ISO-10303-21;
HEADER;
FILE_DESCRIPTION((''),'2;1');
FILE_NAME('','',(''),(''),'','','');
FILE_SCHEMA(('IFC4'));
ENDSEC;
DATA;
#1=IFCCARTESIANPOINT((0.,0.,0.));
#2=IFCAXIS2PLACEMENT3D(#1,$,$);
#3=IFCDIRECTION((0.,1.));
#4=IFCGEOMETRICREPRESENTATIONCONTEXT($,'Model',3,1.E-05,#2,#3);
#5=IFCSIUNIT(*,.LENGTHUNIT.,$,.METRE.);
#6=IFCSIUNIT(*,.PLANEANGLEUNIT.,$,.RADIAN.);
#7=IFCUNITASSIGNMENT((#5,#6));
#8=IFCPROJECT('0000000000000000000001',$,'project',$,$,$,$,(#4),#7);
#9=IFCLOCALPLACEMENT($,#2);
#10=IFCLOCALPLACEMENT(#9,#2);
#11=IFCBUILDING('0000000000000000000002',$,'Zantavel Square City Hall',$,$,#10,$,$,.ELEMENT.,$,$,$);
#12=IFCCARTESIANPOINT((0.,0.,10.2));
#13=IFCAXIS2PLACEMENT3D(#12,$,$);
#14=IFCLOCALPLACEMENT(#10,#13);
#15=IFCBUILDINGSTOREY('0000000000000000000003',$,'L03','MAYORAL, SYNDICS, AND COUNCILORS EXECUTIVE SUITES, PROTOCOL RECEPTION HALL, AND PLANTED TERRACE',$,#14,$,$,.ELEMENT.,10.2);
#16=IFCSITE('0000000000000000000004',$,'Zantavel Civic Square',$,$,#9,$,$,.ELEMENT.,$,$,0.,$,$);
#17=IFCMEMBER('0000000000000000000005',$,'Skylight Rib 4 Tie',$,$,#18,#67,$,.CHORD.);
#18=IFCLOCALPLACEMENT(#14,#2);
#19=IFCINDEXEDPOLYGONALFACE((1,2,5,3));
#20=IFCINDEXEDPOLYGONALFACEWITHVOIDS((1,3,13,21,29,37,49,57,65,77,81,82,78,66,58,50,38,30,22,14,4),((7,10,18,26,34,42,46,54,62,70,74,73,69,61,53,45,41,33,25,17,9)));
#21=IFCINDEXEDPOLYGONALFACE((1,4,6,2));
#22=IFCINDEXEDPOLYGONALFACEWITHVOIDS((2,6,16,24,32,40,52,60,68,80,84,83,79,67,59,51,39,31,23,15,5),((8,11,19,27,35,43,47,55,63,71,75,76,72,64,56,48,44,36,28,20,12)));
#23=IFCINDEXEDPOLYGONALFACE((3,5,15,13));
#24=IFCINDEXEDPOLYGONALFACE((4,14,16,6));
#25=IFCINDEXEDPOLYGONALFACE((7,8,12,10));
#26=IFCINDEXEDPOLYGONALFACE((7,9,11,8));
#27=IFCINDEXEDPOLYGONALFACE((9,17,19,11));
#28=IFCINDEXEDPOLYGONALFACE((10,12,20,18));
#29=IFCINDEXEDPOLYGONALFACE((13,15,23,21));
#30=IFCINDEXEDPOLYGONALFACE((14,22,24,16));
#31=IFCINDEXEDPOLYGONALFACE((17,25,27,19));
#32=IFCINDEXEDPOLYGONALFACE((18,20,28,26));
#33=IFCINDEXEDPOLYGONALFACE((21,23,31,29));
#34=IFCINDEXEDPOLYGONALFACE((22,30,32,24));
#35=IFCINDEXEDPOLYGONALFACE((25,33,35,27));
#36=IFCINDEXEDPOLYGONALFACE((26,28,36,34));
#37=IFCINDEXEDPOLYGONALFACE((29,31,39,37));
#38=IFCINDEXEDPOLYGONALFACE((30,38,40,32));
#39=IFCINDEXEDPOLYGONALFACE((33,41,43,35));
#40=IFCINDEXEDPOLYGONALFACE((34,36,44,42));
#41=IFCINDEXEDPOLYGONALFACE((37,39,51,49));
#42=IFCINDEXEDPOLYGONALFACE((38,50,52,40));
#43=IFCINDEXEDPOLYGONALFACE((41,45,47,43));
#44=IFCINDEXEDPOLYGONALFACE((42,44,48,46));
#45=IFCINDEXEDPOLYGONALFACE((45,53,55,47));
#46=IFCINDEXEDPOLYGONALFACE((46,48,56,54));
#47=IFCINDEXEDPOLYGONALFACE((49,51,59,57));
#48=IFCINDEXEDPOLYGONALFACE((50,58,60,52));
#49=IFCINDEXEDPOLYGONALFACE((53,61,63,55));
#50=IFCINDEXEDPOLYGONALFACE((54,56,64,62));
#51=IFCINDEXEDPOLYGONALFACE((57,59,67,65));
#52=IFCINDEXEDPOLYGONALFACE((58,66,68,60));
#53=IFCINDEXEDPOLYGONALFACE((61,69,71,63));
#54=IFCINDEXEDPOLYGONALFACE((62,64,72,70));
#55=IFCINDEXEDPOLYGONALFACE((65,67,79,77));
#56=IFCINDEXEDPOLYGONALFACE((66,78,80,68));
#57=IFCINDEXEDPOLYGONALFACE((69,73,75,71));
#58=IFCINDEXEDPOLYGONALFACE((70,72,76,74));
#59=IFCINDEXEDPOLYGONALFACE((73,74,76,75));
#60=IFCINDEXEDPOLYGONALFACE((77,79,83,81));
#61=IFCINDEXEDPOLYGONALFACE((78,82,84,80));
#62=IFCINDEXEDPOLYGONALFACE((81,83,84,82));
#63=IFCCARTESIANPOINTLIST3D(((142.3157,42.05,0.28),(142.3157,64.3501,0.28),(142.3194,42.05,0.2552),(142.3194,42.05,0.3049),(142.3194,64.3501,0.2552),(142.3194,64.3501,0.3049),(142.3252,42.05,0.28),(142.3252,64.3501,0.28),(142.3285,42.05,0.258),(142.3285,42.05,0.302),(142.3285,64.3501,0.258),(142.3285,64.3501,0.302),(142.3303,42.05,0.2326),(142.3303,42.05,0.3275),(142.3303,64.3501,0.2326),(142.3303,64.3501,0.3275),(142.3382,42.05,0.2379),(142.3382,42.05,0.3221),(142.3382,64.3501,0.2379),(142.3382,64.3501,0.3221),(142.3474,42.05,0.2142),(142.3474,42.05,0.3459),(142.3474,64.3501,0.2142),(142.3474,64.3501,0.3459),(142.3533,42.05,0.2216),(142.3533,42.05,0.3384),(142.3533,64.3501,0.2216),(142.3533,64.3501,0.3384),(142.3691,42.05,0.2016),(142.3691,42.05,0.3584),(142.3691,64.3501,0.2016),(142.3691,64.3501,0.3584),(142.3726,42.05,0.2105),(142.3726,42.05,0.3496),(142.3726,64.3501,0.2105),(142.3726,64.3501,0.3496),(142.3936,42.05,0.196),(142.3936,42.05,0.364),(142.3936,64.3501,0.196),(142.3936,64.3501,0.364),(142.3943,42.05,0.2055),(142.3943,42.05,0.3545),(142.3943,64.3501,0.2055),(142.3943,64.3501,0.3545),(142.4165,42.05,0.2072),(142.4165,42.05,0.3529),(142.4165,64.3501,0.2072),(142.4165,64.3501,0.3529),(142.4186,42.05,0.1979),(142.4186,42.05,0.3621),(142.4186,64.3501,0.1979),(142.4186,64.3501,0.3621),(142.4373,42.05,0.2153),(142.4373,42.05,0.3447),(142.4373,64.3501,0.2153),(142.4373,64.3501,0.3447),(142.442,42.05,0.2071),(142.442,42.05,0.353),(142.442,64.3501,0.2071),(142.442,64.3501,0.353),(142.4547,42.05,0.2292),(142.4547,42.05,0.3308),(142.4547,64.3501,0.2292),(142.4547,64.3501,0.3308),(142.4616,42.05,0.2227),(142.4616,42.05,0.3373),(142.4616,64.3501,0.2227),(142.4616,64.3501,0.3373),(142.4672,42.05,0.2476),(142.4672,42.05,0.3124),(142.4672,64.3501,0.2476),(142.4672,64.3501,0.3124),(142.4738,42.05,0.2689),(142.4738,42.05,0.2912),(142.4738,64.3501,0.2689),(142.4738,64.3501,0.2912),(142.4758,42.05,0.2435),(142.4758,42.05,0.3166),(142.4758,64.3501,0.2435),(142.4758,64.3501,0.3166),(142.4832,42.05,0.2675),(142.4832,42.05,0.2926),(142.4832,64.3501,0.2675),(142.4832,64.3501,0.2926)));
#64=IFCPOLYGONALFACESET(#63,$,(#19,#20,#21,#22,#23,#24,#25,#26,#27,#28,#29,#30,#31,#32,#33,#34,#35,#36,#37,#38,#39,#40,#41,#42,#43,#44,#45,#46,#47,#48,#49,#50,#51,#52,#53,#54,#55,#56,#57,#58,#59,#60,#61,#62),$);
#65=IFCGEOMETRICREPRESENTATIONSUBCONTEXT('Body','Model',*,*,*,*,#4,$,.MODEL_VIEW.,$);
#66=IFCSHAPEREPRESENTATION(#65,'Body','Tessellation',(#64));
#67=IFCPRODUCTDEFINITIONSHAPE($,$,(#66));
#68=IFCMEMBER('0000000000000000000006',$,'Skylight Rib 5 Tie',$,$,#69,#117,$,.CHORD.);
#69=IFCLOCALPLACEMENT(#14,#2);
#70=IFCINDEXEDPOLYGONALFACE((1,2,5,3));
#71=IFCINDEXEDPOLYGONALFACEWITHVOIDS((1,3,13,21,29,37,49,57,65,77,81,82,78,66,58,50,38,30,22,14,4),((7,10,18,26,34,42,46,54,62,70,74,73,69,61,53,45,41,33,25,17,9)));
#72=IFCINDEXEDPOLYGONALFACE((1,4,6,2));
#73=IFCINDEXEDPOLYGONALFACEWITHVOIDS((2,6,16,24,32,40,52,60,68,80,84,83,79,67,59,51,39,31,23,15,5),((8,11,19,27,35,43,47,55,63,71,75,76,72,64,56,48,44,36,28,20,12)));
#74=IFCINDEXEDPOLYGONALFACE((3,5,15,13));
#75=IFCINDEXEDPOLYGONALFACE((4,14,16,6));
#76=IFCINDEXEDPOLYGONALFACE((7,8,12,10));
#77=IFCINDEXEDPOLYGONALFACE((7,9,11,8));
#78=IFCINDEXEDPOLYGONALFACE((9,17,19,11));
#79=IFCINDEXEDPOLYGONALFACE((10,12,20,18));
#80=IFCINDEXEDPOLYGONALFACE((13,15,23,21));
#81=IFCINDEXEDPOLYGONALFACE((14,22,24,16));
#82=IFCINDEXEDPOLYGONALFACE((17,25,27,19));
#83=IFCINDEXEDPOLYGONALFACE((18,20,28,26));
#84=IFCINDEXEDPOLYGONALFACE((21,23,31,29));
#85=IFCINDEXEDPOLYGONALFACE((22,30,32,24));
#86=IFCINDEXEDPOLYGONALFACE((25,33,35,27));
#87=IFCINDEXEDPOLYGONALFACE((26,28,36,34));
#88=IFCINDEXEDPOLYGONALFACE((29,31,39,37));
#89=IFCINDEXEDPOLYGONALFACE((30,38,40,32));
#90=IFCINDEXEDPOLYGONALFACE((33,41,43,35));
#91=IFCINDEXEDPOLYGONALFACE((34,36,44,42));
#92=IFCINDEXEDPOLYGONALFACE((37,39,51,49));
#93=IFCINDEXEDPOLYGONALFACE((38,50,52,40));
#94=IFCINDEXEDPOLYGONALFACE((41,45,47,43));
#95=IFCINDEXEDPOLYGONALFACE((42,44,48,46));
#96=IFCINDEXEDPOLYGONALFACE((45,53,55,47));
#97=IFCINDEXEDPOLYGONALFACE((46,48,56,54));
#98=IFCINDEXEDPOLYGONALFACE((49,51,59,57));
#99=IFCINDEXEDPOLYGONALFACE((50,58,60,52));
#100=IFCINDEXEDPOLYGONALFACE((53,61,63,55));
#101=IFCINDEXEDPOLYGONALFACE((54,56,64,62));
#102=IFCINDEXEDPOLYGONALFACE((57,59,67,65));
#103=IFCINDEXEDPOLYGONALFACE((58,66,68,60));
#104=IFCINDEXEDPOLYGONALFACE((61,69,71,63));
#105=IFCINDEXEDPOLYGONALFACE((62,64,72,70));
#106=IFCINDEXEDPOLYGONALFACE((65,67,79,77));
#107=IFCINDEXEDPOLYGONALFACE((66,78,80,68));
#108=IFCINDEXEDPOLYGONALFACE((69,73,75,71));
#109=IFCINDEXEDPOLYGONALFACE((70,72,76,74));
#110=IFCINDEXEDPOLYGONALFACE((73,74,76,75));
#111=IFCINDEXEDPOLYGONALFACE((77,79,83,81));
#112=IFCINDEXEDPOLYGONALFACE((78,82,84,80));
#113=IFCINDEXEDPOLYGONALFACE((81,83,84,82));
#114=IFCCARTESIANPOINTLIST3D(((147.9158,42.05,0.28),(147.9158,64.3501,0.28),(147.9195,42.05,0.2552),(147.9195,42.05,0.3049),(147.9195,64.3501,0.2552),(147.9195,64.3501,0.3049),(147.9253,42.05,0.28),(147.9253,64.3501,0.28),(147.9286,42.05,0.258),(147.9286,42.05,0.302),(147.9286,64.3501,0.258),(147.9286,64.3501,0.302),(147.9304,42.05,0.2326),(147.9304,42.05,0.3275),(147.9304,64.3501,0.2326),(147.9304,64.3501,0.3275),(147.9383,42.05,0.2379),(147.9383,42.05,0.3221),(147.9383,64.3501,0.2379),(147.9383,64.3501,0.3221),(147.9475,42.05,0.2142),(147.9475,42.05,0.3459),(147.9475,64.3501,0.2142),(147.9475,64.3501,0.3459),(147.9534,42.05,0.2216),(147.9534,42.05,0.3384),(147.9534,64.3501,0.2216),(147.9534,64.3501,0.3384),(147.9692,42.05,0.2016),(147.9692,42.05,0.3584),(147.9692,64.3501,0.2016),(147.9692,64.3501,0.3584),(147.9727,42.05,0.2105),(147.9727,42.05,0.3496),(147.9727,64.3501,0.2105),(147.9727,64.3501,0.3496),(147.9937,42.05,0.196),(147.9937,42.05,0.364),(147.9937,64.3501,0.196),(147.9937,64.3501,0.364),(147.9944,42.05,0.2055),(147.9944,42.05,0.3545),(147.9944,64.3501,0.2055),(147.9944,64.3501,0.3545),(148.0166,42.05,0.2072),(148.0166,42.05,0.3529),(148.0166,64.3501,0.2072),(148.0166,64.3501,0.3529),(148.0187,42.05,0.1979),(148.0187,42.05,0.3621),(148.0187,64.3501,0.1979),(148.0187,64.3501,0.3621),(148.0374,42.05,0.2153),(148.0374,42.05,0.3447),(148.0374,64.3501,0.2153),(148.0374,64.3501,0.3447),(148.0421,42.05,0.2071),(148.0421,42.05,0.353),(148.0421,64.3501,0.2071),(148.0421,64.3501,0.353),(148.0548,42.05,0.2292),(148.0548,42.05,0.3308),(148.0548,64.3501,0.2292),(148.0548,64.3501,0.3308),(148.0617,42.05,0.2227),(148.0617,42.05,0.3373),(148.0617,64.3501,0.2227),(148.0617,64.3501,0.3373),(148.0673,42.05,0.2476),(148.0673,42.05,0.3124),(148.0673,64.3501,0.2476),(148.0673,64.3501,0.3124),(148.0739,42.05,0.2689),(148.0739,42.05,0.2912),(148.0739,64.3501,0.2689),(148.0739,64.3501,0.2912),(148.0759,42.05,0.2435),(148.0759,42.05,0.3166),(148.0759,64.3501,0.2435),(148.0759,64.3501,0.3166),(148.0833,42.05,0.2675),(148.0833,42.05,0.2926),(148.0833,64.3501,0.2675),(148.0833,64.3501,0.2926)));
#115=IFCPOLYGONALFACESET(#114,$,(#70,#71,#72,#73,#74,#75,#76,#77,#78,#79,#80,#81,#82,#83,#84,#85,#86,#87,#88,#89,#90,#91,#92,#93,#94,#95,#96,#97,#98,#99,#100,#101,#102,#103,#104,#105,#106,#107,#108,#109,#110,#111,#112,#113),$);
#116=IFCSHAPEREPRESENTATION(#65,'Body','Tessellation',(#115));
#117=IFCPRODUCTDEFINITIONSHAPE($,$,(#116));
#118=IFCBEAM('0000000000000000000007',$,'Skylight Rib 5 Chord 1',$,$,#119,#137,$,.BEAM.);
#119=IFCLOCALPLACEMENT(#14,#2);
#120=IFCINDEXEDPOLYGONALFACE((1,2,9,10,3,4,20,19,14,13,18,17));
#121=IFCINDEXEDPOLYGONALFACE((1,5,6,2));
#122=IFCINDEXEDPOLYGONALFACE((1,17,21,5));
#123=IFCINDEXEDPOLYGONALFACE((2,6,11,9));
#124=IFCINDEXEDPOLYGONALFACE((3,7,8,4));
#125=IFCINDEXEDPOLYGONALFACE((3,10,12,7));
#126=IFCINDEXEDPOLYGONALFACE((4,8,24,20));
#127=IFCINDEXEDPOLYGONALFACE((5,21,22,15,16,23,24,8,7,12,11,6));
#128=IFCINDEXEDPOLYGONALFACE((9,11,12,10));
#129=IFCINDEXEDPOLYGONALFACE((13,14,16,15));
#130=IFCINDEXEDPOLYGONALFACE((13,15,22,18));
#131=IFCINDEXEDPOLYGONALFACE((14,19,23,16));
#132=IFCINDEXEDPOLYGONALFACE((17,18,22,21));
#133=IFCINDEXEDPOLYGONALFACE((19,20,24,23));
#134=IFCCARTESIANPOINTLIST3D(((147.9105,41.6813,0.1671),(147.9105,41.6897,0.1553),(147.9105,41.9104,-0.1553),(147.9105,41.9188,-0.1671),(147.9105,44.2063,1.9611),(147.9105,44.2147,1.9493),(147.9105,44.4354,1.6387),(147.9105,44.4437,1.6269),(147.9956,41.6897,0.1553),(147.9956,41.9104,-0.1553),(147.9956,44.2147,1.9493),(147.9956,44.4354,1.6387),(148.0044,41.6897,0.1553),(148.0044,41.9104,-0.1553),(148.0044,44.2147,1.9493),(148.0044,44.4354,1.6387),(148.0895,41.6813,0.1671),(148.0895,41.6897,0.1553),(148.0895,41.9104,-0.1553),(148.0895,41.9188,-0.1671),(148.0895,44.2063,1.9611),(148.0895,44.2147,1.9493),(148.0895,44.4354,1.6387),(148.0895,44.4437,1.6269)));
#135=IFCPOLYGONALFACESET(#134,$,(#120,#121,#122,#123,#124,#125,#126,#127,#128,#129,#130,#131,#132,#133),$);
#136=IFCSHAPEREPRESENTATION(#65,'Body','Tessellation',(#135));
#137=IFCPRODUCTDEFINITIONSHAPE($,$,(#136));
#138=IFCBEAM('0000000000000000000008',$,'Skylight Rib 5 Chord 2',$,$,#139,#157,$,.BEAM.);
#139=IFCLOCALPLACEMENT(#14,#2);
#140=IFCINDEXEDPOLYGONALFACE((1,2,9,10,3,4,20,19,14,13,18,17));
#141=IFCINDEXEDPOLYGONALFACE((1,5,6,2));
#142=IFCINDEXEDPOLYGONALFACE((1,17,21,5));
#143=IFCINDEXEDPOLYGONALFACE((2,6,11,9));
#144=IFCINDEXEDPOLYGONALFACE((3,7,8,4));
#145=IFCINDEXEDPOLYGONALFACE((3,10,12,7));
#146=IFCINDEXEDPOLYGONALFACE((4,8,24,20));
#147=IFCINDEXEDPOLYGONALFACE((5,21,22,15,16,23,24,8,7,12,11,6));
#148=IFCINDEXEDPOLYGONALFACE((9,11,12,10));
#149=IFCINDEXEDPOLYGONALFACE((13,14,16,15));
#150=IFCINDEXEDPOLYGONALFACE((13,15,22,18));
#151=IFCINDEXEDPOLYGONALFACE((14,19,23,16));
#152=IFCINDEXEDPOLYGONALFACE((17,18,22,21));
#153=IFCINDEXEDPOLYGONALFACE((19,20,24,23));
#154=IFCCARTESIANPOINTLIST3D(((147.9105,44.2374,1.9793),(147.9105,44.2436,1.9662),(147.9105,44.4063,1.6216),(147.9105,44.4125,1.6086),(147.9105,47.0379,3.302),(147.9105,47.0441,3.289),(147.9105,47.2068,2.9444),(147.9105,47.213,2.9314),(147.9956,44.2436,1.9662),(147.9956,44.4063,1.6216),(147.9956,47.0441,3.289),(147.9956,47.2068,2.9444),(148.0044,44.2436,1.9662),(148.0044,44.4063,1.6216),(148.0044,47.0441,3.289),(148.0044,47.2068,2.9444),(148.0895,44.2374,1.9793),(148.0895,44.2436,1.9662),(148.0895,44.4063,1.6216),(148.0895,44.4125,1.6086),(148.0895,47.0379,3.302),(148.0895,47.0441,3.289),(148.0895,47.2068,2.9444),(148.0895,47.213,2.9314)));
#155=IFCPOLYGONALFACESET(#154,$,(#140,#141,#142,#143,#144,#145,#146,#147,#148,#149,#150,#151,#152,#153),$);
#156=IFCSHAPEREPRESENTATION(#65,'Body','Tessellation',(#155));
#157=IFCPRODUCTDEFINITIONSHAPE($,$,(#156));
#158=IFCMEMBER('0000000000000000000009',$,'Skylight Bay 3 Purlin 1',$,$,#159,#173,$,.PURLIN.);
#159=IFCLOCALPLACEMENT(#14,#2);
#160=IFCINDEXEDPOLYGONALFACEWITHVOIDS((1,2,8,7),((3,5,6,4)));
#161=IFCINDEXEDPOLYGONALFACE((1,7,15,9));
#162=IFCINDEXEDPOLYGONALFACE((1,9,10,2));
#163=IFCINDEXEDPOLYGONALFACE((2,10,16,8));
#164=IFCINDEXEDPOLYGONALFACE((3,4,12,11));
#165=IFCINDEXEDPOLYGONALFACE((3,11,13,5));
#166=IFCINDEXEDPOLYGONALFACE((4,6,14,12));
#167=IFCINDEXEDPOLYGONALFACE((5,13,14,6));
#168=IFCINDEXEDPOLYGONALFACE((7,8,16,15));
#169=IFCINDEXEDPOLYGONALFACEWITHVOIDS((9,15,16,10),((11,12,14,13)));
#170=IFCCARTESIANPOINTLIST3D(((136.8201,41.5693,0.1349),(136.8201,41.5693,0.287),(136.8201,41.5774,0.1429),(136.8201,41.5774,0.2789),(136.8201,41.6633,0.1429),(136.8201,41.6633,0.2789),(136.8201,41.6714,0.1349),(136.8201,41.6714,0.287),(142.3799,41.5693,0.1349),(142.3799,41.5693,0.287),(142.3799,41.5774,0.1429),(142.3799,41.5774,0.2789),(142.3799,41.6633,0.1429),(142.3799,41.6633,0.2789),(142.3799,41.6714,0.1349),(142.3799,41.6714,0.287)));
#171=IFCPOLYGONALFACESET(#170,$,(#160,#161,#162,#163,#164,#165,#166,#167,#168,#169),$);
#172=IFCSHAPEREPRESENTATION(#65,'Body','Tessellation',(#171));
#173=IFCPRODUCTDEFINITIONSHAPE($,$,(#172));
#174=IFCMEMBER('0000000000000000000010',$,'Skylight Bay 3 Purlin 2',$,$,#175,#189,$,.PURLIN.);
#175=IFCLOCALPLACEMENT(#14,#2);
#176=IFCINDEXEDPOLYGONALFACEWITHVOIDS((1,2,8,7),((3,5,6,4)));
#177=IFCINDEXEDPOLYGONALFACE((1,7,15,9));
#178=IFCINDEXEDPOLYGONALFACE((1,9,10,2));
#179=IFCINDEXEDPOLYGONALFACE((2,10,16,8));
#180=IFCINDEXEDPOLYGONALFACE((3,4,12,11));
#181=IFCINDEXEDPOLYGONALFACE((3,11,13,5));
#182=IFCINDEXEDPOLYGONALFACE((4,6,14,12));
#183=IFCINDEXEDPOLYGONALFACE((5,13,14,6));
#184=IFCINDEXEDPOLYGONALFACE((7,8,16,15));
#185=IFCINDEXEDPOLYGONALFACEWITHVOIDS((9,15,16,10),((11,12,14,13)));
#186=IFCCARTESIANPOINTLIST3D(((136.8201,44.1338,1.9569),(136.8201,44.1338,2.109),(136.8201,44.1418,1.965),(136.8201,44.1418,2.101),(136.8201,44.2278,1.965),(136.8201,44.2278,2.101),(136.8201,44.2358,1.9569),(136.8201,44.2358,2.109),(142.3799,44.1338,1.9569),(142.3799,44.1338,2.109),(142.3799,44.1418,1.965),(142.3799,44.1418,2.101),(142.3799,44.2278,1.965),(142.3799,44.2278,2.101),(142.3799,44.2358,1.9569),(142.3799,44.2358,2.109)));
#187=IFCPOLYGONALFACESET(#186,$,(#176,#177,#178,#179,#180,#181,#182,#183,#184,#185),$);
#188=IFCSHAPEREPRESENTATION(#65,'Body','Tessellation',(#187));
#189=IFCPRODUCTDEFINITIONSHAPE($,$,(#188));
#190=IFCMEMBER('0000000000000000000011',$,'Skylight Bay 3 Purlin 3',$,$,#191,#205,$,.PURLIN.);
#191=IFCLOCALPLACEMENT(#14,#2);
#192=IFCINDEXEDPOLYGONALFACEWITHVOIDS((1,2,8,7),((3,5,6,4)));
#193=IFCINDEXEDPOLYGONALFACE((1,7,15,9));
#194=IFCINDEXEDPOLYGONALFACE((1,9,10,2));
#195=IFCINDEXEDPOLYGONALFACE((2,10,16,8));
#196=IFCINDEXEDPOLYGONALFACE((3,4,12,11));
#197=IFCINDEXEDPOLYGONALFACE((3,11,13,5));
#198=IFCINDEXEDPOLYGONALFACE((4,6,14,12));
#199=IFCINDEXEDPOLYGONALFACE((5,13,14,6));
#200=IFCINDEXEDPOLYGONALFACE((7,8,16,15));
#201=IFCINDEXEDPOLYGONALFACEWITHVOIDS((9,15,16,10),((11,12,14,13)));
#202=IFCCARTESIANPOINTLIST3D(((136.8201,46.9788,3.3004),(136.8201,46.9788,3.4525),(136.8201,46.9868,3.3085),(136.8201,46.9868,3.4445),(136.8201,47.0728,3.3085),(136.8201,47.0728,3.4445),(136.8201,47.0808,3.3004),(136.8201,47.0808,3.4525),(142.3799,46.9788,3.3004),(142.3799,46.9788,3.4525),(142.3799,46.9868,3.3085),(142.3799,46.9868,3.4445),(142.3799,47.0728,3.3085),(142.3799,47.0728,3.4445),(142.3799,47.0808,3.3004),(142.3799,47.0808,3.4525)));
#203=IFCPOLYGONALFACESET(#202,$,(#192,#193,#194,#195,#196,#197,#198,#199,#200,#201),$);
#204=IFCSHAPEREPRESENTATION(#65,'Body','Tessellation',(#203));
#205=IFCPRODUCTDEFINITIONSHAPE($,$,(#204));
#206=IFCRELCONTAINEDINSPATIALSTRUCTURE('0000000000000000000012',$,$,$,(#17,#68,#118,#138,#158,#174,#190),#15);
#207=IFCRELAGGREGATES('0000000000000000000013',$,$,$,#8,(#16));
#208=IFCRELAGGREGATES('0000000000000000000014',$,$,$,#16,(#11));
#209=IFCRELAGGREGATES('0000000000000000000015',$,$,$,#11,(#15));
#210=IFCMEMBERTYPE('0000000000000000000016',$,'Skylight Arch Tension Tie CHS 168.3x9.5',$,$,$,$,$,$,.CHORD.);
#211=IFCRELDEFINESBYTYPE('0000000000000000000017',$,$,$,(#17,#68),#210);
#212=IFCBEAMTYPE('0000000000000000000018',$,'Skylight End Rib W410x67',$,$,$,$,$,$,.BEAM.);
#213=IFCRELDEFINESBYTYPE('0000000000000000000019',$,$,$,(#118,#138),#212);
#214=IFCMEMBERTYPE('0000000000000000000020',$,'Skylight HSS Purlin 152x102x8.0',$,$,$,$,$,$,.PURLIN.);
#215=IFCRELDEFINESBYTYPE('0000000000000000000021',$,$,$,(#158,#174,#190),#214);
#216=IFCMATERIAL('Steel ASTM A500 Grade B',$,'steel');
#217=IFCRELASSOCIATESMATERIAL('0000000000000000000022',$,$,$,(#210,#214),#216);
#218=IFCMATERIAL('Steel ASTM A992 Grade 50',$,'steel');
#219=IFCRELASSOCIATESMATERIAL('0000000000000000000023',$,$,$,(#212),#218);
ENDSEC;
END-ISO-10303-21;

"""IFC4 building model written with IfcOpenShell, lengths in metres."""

from ifc_helpers import new_model, si_unit, direction, frame, origin, origin_2d, place, context, subcontext, project, spatial, hollow_rectangle, hollow_circle, i_section, extrude, material, material_profile, profile_set, type_object, element, save


model = new_model("IFC4")

# Units and contexts
model_context = context("Model", 3, precision=1e-05, world=origin(), true_north=direction((0.0, 1.0)))
body_context = subcontext(model_context, "Body", "Model", "MODEL_VIEW")
ifc_project = project(units=[si_unit("LENGTHUNIT", "METRE"), si_unit("PLANEANGLEUNIT", "RADIAN")], contexts=[model_context])

# Site, building, storey
site_placement = place(None, origin())
site = spatial("IfcSite", under=ifc_project, at=site_placement, Name="Zantavel Civic Square", CompositionType="ELEMENT", RefElevation=0.0)
building_placement = place(site_placement, origin())
building = spatial("IfcBuilding", under=site, at=building_placement, Name="Zantavel Square City Hall", CompositionType="ELEMENT")
storey_placement = place(building_placement, frame((0.0, 0.0, 10.2)))
storey = spatial("IfcBuildingStorey", under=building, at=storey_placement, Name="L03", Description="MAYORAL, SYNDICS, AND COUNCILORS EXECUTIVE SUITES, PROTOCOL RECEPTION HALL, AND PLANTED TERRACE", CompositionType="ELEMENT", Elevation=10.2)

# Members
ifc_material_1 = material(Name="Steel ASTM A500 Grade B", Category="steel")
ifc_material_profile_1 = material_profile(ifc_material_1, hollow_circle(Radius=0.0842, WallThickness=0.0095, at=origin_2d()), Name="CHS 168.3x9.5")
ifc_profile_set_1 = profile_set([ifc_material_profile_1], Name="Steel ASTM A500 Grade B")
member_type_1 = type_object("IfcMemberType", Name="Skylight Arch Tension Tie CHS 168.3x9.5", PredefinedType="CHORD", material=ifc_profile_set_1)
for number, where, z_axis, x_axis, name in (
    (1, (142.3999, 42.05, 0.28), (0.0, 1.0, 0.0), (-1.0, 0.0, 0.0), "Skylight Rib 4 Tie"),
    (2, (148.0, 42.05, 0.28), (0.0, 1.0, 0.0), (-1.0, 0.0, 0.0), "Skylight Rib 5 Tie"),
):
    element("IfcMember", number, at=place(storey_placement, frame(where, z_axis=z_axis, x_axis=x_axis)), inside=storey, type_object=member_type_1, Name=name, PredefinedType="CHORD", context=body_context, shape_type="SweptSolid", body=[
        extrude(hollow_circle(Radius=0.0842, WallThickness=0.0095, at=origin_2d()), origin(), (0.0, 0.0, 1.0), 22.3),
    ])

# Beams
ifc_material_2 = material(Name="Steel ASTM A992 Grade 50", Category="steel")
ifc_material_profile_2 = material_profile(ifc_material_2, i_section(OverallWidth=0.179, OverallDepth=0.4099, WebThickness=0.0088, FlangeThickness=0.0144, at=origin_2d()), Name="W410x67")
ifc_profile_set_2 = profile_set([ifc_material_profile_2], Name="Steel ASTM A992 Grade 50")
beam_type_1 = type_object("IfcBeamType", Name="Skylight End Rib W410x67", PredefinedType="BEAM", material=ifc_profile_set_2)
beam_1_placement = place(storey_placement, frame((148.0, 41.8, 0.0), z_axis=(0.0, 0.81519, 0.579193), x_axis=(-1.0, 0.0, 0.0)))
element("IfcBeam", 3, at=beam_1_placement, inside=storey, type_object=beam_type_1, Name="Skylight Rib 5 Chord 1", PredefinedType="BEAM", context=body_context, shape_type="SweptSolid", body=[
    extrude(i_section(OverallWidth=0.179, OverallDepth=0.4099, WebThickness=0.0088, FlangeThickness=0.0144, at=origin_2d()), origin(), (0.0, 0.0, 1.0), 3.0974),
])
beam_2_placement = place(storey_placement, frame((148.0, 44.325, 1.7939), z_axis=(0.0, 0.904214, 0.42708), x_axis=(-1.0, 0.0, 0.0)))
element("IfcBeam", 4, at=beam_2_placement, inside=storey, type_object=beam_type_1, Name="Skylight Rib 5 Chord 2", PredefinedType="BEAM", context=body_context, shape_type="SweptSolid", body=[
    extrude(i_section(OverallWidth=0.179, OverallDepth=0.4099, WebThickness=0.0088, FlangeThickness=0.0144, at=origin_2d()), origin(), (0.0, 0.0, 1.0), 3.0972),
])

# Members
ifc_material_profile_3 = material_profile(ifc_material_1, hollow_rectangle(XDim=0.1021, YDim=0.1521, WallThickness=0.0081, at=origin_2d()), Name="HSS 152x102x8.0")
ifc_profile_set_3 = profile_set([ifc_material_profile_3], Name="Steel ASTM A500 Grade B")
member_type_2 = type_object("IfcMemberType", Name="Skylight HSS Purlin 152x102x8.0", PredefinedType="PURLIN", material=ifc_profile_set_3)
for number, where, z_axis, x_axis, name in (
    (5, (136.8201, 41.6204, 0.2109), (1.0, 0.0, 0.0), (0.0, 1.0, 0.0), "Skylight Bay 3 Purlin 1"),
    (6, (136.8201, 44.1848, 2.033), (1.0, 0.0, 0.0), (0.0, 1.0, 0.0), "Skylight Bay 3 Purlin 2"),
    (7, (136.8201, 47.0298, 3.3765), (1.0, 0.0, 0.0), (0.0, 1.0, 0.0), "Skylight Bay 3 Purlin 3"),
):
    element("IfcMember", number, at=place(storey_placement, frame(where, z_axis=z_axis, x_axis=x_axis)), inside=storey, type_object=member_type_2, Name=name, PredefinedType="PURLIN", context=body_context, shape_type="SweptSolid", body=[
        extrude(hollow_rectangle(XDim=0.1021, YDim=0.1521, WallThickness=0.0081, at=origin_2d()), origin(), (0.0, 0.0, 1.0), 5.5598),
    ])

save(model, "model.ifc")
